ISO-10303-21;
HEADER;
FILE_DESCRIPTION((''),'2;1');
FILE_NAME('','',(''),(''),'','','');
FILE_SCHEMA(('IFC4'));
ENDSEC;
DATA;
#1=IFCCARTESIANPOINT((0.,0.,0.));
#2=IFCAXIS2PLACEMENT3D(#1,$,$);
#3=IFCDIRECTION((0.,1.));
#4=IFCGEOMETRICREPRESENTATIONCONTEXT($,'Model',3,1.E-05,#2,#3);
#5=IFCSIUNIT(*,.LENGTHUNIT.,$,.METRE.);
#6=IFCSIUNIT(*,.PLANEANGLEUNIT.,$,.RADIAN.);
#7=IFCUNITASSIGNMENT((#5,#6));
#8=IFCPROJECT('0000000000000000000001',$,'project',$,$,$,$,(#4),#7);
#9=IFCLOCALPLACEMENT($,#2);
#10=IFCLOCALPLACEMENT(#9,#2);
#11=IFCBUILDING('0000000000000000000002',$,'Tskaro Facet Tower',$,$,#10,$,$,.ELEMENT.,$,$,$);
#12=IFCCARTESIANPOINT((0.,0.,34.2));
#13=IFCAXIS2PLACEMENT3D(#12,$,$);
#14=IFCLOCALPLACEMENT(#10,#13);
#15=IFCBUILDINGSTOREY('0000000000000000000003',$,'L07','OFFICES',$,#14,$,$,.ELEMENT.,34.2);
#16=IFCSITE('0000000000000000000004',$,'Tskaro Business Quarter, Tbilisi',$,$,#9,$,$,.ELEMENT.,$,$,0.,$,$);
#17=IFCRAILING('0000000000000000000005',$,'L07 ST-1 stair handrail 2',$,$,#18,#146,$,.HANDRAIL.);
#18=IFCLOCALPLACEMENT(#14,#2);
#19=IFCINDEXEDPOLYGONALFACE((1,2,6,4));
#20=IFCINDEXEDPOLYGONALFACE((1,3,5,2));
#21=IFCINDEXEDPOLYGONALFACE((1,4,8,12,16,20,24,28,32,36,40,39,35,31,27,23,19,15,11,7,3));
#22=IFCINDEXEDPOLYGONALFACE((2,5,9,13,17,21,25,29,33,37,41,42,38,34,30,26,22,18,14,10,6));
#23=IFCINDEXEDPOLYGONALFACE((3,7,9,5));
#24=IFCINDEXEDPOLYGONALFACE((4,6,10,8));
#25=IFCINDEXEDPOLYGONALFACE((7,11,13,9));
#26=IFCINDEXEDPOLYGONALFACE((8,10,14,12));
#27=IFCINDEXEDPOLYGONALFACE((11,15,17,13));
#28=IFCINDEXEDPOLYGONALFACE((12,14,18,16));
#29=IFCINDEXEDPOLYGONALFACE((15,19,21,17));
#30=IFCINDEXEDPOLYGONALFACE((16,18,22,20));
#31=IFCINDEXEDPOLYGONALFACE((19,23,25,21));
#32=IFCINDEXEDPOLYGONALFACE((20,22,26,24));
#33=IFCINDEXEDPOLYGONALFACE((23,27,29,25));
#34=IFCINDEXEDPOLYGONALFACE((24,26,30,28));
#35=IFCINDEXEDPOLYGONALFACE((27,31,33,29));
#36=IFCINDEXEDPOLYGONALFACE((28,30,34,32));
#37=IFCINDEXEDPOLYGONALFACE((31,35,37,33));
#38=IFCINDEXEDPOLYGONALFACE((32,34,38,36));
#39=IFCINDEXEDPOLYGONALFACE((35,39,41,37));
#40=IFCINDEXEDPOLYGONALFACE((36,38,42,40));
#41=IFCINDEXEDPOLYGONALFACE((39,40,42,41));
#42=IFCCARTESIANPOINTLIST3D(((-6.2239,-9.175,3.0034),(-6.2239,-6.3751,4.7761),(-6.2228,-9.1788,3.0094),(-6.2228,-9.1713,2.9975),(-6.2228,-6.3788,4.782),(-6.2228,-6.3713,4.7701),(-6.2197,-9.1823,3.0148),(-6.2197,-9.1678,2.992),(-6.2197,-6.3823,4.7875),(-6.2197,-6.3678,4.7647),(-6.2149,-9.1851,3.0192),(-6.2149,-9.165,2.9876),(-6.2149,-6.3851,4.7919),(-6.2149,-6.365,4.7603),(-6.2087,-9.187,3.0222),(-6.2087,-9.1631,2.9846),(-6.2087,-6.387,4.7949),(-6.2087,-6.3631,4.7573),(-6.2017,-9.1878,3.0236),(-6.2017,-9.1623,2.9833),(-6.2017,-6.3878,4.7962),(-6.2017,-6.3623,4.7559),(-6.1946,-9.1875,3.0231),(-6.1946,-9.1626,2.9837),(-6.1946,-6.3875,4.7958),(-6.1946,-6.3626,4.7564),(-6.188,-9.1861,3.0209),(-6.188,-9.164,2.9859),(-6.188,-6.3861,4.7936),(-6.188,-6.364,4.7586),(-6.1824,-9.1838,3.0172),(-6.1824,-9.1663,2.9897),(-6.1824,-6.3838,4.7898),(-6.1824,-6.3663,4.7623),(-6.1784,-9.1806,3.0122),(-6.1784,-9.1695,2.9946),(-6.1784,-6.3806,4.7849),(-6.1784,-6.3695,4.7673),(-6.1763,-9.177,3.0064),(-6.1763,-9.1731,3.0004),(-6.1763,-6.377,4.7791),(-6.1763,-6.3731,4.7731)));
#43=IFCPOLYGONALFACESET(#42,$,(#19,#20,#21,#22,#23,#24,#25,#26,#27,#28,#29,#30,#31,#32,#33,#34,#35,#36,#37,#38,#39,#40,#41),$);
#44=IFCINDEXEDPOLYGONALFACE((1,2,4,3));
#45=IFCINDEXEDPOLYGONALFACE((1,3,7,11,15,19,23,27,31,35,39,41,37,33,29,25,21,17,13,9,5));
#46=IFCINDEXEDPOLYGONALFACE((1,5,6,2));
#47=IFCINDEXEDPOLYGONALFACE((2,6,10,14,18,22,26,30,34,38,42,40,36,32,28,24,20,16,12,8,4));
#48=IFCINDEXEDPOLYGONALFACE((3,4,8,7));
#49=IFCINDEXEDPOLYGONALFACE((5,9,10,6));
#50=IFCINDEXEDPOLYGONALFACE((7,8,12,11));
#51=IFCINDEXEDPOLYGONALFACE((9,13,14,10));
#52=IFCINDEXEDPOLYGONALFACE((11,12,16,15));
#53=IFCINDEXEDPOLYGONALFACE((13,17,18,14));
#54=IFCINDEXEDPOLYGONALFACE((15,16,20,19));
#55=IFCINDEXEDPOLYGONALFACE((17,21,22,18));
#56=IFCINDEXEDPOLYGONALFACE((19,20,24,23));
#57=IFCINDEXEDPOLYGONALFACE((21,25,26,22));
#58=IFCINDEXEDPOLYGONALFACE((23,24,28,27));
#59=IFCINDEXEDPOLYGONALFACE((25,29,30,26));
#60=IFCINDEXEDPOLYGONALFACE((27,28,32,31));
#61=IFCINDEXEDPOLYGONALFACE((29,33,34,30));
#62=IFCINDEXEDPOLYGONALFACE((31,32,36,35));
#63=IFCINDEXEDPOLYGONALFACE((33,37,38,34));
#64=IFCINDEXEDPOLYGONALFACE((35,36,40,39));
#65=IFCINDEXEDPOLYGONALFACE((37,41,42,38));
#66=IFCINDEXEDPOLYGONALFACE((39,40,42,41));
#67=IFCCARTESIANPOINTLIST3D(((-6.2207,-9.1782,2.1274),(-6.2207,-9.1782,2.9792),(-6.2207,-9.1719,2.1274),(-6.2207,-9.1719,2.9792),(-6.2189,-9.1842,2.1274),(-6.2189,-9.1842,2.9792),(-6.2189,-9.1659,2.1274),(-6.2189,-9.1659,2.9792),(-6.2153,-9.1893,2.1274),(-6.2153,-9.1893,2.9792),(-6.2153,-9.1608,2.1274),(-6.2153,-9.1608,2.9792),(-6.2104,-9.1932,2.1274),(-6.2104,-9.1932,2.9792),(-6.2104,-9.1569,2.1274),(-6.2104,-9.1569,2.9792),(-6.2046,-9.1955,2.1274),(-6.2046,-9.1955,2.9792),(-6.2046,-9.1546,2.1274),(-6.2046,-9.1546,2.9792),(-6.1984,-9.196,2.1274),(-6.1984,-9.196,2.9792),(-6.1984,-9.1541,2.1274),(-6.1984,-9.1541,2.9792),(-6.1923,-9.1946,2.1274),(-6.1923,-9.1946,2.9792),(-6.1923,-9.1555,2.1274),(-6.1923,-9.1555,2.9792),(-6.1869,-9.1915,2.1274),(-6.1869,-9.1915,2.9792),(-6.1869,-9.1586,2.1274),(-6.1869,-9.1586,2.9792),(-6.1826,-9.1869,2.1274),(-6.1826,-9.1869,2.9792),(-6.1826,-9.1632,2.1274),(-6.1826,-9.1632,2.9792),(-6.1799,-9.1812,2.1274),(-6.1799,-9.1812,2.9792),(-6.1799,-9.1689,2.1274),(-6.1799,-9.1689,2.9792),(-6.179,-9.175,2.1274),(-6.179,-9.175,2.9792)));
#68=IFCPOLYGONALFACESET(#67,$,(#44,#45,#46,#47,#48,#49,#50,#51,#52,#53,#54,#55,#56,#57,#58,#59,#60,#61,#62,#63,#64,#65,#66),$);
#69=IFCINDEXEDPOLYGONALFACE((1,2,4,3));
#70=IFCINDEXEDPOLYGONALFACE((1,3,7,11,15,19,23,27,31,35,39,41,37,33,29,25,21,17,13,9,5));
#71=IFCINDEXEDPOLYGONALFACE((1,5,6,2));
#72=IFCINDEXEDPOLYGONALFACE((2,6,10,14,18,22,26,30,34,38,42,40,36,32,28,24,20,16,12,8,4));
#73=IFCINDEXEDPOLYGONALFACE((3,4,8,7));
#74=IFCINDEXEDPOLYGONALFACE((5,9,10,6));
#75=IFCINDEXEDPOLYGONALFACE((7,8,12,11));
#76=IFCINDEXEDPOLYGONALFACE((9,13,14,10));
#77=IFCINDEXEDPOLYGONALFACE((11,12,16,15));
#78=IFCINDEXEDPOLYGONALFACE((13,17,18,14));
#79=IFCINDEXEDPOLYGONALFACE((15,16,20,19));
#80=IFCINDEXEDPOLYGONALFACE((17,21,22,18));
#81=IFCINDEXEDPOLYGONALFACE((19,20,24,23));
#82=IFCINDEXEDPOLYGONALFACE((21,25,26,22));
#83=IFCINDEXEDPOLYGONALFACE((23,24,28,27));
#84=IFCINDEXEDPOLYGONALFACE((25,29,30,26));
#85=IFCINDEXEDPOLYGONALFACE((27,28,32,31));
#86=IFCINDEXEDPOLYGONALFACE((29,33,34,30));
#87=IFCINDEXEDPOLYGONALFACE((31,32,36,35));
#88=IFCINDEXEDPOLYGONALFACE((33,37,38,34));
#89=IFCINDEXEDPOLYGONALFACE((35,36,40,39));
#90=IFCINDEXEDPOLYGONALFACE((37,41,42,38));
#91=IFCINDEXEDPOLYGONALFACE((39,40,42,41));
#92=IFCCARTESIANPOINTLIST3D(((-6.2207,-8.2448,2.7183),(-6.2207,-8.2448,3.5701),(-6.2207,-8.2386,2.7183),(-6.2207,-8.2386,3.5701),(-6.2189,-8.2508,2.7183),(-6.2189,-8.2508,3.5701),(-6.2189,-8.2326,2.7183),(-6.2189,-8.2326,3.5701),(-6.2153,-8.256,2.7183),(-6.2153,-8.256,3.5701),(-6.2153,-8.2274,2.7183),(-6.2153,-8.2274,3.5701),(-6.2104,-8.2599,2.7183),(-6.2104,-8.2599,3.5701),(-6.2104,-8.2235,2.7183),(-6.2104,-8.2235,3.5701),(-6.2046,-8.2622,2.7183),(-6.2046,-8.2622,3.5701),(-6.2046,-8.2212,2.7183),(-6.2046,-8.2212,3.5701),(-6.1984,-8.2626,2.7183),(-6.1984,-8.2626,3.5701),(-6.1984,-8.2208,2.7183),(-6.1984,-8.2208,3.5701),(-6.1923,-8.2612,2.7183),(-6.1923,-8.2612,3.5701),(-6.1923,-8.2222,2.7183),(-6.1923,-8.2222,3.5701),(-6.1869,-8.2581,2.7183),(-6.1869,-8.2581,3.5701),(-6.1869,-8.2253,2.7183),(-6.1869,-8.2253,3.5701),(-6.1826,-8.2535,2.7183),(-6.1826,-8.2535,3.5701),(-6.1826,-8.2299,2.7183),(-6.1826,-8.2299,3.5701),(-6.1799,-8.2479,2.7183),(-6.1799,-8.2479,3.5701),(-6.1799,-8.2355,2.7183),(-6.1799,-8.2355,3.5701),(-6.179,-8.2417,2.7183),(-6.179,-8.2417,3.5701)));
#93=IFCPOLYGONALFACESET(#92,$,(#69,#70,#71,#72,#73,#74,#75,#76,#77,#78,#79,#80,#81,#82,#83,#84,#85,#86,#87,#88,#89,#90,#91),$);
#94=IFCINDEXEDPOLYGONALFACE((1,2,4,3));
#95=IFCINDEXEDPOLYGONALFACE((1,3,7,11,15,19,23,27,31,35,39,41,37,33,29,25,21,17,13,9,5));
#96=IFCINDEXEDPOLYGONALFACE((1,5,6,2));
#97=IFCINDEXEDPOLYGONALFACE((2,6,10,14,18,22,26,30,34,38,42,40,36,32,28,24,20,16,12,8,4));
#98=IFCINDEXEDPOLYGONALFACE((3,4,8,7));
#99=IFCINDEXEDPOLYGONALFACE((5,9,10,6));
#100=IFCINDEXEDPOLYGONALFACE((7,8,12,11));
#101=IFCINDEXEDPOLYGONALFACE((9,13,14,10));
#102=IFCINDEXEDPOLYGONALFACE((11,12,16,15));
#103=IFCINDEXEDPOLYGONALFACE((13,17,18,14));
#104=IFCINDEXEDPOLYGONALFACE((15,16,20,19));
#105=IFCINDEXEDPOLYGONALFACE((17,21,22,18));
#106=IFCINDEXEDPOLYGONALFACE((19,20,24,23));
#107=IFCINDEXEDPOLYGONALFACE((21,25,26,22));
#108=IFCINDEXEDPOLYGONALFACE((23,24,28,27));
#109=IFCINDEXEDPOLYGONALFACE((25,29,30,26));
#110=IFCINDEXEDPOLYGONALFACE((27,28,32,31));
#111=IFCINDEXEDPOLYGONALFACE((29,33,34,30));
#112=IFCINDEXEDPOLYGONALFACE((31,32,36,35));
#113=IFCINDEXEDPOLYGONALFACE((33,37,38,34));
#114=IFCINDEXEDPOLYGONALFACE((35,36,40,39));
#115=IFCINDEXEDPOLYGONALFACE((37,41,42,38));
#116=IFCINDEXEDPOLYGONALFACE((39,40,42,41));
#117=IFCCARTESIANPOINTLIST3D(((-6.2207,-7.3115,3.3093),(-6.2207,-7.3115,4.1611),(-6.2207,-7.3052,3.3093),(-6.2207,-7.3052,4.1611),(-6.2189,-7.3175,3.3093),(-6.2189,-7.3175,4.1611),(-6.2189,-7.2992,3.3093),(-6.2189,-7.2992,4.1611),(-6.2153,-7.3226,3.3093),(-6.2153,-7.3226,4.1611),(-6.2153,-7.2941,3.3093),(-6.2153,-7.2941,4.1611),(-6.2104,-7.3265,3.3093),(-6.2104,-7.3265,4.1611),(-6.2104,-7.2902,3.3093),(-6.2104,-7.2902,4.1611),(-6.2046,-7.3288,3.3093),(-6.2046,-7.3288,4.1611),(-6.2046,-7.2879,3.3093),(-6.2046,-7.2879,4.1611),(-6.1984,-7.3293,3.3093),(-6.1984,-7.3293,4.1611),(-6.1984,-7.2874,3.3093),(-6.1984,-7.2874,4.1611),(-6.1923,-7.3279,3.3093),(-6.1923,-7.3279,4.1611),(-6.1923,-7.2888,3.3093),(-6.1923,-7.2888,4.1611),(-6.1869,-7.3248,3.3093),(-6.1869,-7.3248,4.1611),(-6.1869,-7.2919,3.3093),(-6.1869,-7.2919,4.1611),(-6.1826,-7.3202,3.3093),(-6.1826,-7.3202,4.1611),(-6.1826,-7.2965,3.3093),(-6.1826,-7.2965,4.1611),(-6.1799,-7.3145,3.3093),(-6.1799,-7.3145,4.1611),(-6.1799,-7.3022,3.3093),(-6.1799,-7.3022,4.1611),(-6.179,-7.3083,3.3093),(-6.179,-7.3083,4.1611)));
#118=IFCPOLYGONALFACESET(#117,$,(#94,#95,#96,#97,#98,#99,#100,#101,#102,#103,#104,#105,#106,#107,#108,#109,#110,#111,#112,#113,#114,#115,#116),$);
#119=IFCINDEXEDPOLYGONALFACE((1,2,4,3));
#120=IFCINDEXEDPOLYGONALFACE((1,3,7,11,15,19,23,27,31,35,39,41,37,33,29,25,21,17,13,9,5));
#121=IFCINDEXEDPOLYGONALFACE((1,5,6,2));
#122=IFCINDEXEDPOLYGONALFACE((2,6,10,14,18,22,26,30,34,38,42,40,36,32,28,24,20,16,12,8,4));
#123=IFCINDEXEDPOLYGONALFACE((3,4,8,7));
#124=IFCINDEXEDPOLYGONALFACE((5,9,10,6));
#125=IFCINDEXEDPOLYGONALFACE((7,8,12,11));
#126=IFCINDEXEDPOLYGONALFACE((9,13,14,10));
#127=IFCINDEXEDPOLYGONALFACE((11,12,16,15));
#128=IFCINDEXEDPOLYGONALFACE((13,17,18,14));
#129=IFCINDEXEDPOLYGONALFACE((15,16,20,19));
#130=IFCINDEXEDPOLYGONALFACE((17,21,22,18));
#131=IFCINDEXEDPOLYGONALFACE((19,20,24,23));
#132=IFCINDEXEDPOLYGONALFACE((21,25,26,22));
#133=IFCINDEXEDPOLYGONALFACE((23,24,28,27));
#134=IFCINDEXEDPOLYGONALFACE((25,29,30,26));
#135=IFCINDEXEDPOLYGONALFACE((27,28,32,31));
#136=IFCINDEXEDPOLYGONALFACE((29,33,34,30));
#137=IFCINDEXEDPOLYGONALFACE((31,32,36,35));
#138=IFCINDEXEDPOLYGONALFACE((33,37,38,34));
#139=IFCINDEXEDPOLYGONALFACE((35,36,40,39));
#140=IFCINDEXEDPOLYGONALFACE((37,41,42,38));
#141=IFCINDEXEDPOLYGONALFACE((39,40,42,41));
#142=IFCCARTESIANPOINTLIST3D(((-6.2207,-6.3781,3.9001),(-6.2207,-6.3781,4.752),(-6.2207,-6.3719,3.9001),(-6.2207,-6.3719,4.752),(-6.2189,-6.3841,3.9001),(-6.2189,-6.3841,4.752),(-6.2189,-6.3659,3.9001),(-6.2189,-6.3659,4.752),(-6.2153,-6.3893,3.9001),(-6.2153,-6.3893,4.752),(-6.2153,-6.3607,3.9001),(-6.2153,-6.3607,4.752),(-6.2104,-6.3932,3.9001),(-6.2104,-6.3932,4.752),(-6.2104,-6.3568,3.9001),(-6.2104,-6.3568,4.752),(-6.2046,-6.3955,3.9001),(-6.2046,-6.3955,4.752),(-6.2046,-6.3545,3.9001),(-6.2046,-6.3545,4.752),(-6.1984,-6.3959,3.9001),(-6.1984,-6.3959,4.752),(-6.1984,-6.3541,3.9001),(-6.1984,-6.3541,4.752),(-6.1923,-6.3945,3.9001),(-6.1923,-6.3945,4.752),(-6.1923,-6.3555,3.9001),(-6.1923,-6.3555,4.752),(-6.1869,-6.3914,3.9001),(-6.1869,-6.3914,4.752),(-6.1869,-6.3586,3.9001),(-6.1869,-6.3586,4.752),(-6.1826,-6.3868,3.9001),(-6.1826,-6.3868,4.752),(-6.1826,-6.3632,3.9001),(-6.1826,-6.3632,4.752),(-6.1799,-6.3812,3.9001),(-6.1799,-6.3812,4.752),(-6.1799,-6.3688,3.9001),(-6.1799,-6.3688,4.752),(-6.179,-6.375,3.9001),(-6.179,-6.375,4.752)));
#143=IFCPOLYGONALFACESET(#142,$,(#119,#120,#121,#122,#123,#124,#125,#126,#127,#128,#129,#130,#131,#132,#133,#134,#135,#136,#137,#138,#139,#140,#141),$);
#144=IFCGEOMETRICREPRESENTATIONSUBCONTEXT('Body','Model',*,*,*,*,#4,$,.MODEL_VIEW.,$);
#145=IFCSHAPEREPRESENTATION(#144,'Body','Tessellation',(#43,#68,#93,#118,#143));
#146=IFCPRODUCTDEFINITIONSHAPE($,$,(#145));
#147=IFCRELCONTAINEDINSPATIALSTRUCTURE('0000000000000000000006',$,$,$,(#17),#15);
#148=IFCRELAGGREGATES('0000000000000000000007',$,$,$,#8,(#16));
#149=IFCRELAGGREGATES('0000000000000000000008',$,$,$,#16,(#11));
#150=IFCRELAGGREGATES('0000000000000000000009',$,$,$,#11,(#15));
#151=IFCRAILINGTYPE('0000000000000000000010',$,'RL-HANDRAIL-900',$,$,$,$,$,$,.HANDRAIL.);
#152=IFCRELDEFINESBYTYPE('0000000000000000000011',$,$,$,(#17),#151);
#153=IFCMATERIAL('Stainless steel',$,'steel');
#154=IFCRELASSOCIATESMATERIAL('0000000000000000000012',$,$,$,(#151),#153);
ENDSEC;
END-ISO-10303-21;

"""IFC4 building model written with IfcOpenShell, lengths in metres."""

from ifc_helpers import new_model, si_unit, direction, frame, origin, origin_2d, place, context, subcontext, project, spatial, circle, extrude, material, type_object, element, save


model = new_model("IFC4")

# Units and contexts
model_context = context("Model", 3, precision=1e-05, world=origin(), true_north=direction((0.0, 1.0)))
body_context = subcontext(model_context, "Body", "Model", "MODEL_VIEW")
ifc_project = project(units=[si_unit("LENGTHUNIT", "METRE"), si_unit("PLANEANGLEUNIT", "RADIAN")], contexts=[model_context])

# Site, building, storey
site_placement = place(None, origin())
site = spatial("IfcSite", under=ifc_project, at=site_placement, Name="Tskaro Business Quarter, Tbilisi", CompositionType="ELEMENT", RefElevation=0.0)
building_placement = place(site_placement, origin())
building = spatial("IfcBuilding", under=site, at=building_placement, Name="Tskaro Facet Tower", CompositionType="ELEMENT")
storey_placement = place(building_placement, frame((0.0, 0.0, 34.2)))
storey = spatial("IfcBuildingStorey", under=building, at=storey_placement, Name="L07", Description="OFFICES", CompositionType="ELEMENT", Elevation=34.2)

# Shared definitions
ifc_material_1 = material(Name="Stainless steel", Category="steel")

# Railing
railing_type_1 = type_object("IfcRailingType", Name="RL-HANDRAIL-900", PredefinedType="HANDRAIL", material=ifc_material_1)
railing_1_placement = place(storey_placement, frame((-6.2, -9.175, 2.1274)))
element("IfcRailing", 1, at=railing_1_placement, inside=storey, type_object=railing_type_1, Name="L07 ST-1 stair handrail 2", PredefinedType="HANDRAIL", context=body_context, shape_type="SweptSolid", body=[
    extrude(circle(Radius=0.0239, at=origin_2d()), frame((0.0, 0.0, 0.876), z_axis=(0.0, 0.844909, 0.53491), x_axis=(-1.0, 0.0, 0.0)), (0.0, 0.0, 1.0), 3.314),
    extrude(circle(Radius=0.021, at=origin_2d()), origin(), (0.0, 0.0, 1.0), 0.8518),
    extrude(circle(Radius=0.021, at=origin_2d()), frame((0.0, 0.9333, 0.5908)), (0.0, 0.0, 1.0), 0.8518),
    extrude(circle(Radius=0.021, at=origin_2d()), frame((0.0, 1.8667, 1.1819)), (0.0, 0.0, 1.0), 0.8518),
    extrude(circle(Radius=0.021, at=origin_2d()), frame((0.0, 2.8, 1.7727)), (0.0, 0.0, 1.0), 0.8518),
])

save(model, "model.ifc")
